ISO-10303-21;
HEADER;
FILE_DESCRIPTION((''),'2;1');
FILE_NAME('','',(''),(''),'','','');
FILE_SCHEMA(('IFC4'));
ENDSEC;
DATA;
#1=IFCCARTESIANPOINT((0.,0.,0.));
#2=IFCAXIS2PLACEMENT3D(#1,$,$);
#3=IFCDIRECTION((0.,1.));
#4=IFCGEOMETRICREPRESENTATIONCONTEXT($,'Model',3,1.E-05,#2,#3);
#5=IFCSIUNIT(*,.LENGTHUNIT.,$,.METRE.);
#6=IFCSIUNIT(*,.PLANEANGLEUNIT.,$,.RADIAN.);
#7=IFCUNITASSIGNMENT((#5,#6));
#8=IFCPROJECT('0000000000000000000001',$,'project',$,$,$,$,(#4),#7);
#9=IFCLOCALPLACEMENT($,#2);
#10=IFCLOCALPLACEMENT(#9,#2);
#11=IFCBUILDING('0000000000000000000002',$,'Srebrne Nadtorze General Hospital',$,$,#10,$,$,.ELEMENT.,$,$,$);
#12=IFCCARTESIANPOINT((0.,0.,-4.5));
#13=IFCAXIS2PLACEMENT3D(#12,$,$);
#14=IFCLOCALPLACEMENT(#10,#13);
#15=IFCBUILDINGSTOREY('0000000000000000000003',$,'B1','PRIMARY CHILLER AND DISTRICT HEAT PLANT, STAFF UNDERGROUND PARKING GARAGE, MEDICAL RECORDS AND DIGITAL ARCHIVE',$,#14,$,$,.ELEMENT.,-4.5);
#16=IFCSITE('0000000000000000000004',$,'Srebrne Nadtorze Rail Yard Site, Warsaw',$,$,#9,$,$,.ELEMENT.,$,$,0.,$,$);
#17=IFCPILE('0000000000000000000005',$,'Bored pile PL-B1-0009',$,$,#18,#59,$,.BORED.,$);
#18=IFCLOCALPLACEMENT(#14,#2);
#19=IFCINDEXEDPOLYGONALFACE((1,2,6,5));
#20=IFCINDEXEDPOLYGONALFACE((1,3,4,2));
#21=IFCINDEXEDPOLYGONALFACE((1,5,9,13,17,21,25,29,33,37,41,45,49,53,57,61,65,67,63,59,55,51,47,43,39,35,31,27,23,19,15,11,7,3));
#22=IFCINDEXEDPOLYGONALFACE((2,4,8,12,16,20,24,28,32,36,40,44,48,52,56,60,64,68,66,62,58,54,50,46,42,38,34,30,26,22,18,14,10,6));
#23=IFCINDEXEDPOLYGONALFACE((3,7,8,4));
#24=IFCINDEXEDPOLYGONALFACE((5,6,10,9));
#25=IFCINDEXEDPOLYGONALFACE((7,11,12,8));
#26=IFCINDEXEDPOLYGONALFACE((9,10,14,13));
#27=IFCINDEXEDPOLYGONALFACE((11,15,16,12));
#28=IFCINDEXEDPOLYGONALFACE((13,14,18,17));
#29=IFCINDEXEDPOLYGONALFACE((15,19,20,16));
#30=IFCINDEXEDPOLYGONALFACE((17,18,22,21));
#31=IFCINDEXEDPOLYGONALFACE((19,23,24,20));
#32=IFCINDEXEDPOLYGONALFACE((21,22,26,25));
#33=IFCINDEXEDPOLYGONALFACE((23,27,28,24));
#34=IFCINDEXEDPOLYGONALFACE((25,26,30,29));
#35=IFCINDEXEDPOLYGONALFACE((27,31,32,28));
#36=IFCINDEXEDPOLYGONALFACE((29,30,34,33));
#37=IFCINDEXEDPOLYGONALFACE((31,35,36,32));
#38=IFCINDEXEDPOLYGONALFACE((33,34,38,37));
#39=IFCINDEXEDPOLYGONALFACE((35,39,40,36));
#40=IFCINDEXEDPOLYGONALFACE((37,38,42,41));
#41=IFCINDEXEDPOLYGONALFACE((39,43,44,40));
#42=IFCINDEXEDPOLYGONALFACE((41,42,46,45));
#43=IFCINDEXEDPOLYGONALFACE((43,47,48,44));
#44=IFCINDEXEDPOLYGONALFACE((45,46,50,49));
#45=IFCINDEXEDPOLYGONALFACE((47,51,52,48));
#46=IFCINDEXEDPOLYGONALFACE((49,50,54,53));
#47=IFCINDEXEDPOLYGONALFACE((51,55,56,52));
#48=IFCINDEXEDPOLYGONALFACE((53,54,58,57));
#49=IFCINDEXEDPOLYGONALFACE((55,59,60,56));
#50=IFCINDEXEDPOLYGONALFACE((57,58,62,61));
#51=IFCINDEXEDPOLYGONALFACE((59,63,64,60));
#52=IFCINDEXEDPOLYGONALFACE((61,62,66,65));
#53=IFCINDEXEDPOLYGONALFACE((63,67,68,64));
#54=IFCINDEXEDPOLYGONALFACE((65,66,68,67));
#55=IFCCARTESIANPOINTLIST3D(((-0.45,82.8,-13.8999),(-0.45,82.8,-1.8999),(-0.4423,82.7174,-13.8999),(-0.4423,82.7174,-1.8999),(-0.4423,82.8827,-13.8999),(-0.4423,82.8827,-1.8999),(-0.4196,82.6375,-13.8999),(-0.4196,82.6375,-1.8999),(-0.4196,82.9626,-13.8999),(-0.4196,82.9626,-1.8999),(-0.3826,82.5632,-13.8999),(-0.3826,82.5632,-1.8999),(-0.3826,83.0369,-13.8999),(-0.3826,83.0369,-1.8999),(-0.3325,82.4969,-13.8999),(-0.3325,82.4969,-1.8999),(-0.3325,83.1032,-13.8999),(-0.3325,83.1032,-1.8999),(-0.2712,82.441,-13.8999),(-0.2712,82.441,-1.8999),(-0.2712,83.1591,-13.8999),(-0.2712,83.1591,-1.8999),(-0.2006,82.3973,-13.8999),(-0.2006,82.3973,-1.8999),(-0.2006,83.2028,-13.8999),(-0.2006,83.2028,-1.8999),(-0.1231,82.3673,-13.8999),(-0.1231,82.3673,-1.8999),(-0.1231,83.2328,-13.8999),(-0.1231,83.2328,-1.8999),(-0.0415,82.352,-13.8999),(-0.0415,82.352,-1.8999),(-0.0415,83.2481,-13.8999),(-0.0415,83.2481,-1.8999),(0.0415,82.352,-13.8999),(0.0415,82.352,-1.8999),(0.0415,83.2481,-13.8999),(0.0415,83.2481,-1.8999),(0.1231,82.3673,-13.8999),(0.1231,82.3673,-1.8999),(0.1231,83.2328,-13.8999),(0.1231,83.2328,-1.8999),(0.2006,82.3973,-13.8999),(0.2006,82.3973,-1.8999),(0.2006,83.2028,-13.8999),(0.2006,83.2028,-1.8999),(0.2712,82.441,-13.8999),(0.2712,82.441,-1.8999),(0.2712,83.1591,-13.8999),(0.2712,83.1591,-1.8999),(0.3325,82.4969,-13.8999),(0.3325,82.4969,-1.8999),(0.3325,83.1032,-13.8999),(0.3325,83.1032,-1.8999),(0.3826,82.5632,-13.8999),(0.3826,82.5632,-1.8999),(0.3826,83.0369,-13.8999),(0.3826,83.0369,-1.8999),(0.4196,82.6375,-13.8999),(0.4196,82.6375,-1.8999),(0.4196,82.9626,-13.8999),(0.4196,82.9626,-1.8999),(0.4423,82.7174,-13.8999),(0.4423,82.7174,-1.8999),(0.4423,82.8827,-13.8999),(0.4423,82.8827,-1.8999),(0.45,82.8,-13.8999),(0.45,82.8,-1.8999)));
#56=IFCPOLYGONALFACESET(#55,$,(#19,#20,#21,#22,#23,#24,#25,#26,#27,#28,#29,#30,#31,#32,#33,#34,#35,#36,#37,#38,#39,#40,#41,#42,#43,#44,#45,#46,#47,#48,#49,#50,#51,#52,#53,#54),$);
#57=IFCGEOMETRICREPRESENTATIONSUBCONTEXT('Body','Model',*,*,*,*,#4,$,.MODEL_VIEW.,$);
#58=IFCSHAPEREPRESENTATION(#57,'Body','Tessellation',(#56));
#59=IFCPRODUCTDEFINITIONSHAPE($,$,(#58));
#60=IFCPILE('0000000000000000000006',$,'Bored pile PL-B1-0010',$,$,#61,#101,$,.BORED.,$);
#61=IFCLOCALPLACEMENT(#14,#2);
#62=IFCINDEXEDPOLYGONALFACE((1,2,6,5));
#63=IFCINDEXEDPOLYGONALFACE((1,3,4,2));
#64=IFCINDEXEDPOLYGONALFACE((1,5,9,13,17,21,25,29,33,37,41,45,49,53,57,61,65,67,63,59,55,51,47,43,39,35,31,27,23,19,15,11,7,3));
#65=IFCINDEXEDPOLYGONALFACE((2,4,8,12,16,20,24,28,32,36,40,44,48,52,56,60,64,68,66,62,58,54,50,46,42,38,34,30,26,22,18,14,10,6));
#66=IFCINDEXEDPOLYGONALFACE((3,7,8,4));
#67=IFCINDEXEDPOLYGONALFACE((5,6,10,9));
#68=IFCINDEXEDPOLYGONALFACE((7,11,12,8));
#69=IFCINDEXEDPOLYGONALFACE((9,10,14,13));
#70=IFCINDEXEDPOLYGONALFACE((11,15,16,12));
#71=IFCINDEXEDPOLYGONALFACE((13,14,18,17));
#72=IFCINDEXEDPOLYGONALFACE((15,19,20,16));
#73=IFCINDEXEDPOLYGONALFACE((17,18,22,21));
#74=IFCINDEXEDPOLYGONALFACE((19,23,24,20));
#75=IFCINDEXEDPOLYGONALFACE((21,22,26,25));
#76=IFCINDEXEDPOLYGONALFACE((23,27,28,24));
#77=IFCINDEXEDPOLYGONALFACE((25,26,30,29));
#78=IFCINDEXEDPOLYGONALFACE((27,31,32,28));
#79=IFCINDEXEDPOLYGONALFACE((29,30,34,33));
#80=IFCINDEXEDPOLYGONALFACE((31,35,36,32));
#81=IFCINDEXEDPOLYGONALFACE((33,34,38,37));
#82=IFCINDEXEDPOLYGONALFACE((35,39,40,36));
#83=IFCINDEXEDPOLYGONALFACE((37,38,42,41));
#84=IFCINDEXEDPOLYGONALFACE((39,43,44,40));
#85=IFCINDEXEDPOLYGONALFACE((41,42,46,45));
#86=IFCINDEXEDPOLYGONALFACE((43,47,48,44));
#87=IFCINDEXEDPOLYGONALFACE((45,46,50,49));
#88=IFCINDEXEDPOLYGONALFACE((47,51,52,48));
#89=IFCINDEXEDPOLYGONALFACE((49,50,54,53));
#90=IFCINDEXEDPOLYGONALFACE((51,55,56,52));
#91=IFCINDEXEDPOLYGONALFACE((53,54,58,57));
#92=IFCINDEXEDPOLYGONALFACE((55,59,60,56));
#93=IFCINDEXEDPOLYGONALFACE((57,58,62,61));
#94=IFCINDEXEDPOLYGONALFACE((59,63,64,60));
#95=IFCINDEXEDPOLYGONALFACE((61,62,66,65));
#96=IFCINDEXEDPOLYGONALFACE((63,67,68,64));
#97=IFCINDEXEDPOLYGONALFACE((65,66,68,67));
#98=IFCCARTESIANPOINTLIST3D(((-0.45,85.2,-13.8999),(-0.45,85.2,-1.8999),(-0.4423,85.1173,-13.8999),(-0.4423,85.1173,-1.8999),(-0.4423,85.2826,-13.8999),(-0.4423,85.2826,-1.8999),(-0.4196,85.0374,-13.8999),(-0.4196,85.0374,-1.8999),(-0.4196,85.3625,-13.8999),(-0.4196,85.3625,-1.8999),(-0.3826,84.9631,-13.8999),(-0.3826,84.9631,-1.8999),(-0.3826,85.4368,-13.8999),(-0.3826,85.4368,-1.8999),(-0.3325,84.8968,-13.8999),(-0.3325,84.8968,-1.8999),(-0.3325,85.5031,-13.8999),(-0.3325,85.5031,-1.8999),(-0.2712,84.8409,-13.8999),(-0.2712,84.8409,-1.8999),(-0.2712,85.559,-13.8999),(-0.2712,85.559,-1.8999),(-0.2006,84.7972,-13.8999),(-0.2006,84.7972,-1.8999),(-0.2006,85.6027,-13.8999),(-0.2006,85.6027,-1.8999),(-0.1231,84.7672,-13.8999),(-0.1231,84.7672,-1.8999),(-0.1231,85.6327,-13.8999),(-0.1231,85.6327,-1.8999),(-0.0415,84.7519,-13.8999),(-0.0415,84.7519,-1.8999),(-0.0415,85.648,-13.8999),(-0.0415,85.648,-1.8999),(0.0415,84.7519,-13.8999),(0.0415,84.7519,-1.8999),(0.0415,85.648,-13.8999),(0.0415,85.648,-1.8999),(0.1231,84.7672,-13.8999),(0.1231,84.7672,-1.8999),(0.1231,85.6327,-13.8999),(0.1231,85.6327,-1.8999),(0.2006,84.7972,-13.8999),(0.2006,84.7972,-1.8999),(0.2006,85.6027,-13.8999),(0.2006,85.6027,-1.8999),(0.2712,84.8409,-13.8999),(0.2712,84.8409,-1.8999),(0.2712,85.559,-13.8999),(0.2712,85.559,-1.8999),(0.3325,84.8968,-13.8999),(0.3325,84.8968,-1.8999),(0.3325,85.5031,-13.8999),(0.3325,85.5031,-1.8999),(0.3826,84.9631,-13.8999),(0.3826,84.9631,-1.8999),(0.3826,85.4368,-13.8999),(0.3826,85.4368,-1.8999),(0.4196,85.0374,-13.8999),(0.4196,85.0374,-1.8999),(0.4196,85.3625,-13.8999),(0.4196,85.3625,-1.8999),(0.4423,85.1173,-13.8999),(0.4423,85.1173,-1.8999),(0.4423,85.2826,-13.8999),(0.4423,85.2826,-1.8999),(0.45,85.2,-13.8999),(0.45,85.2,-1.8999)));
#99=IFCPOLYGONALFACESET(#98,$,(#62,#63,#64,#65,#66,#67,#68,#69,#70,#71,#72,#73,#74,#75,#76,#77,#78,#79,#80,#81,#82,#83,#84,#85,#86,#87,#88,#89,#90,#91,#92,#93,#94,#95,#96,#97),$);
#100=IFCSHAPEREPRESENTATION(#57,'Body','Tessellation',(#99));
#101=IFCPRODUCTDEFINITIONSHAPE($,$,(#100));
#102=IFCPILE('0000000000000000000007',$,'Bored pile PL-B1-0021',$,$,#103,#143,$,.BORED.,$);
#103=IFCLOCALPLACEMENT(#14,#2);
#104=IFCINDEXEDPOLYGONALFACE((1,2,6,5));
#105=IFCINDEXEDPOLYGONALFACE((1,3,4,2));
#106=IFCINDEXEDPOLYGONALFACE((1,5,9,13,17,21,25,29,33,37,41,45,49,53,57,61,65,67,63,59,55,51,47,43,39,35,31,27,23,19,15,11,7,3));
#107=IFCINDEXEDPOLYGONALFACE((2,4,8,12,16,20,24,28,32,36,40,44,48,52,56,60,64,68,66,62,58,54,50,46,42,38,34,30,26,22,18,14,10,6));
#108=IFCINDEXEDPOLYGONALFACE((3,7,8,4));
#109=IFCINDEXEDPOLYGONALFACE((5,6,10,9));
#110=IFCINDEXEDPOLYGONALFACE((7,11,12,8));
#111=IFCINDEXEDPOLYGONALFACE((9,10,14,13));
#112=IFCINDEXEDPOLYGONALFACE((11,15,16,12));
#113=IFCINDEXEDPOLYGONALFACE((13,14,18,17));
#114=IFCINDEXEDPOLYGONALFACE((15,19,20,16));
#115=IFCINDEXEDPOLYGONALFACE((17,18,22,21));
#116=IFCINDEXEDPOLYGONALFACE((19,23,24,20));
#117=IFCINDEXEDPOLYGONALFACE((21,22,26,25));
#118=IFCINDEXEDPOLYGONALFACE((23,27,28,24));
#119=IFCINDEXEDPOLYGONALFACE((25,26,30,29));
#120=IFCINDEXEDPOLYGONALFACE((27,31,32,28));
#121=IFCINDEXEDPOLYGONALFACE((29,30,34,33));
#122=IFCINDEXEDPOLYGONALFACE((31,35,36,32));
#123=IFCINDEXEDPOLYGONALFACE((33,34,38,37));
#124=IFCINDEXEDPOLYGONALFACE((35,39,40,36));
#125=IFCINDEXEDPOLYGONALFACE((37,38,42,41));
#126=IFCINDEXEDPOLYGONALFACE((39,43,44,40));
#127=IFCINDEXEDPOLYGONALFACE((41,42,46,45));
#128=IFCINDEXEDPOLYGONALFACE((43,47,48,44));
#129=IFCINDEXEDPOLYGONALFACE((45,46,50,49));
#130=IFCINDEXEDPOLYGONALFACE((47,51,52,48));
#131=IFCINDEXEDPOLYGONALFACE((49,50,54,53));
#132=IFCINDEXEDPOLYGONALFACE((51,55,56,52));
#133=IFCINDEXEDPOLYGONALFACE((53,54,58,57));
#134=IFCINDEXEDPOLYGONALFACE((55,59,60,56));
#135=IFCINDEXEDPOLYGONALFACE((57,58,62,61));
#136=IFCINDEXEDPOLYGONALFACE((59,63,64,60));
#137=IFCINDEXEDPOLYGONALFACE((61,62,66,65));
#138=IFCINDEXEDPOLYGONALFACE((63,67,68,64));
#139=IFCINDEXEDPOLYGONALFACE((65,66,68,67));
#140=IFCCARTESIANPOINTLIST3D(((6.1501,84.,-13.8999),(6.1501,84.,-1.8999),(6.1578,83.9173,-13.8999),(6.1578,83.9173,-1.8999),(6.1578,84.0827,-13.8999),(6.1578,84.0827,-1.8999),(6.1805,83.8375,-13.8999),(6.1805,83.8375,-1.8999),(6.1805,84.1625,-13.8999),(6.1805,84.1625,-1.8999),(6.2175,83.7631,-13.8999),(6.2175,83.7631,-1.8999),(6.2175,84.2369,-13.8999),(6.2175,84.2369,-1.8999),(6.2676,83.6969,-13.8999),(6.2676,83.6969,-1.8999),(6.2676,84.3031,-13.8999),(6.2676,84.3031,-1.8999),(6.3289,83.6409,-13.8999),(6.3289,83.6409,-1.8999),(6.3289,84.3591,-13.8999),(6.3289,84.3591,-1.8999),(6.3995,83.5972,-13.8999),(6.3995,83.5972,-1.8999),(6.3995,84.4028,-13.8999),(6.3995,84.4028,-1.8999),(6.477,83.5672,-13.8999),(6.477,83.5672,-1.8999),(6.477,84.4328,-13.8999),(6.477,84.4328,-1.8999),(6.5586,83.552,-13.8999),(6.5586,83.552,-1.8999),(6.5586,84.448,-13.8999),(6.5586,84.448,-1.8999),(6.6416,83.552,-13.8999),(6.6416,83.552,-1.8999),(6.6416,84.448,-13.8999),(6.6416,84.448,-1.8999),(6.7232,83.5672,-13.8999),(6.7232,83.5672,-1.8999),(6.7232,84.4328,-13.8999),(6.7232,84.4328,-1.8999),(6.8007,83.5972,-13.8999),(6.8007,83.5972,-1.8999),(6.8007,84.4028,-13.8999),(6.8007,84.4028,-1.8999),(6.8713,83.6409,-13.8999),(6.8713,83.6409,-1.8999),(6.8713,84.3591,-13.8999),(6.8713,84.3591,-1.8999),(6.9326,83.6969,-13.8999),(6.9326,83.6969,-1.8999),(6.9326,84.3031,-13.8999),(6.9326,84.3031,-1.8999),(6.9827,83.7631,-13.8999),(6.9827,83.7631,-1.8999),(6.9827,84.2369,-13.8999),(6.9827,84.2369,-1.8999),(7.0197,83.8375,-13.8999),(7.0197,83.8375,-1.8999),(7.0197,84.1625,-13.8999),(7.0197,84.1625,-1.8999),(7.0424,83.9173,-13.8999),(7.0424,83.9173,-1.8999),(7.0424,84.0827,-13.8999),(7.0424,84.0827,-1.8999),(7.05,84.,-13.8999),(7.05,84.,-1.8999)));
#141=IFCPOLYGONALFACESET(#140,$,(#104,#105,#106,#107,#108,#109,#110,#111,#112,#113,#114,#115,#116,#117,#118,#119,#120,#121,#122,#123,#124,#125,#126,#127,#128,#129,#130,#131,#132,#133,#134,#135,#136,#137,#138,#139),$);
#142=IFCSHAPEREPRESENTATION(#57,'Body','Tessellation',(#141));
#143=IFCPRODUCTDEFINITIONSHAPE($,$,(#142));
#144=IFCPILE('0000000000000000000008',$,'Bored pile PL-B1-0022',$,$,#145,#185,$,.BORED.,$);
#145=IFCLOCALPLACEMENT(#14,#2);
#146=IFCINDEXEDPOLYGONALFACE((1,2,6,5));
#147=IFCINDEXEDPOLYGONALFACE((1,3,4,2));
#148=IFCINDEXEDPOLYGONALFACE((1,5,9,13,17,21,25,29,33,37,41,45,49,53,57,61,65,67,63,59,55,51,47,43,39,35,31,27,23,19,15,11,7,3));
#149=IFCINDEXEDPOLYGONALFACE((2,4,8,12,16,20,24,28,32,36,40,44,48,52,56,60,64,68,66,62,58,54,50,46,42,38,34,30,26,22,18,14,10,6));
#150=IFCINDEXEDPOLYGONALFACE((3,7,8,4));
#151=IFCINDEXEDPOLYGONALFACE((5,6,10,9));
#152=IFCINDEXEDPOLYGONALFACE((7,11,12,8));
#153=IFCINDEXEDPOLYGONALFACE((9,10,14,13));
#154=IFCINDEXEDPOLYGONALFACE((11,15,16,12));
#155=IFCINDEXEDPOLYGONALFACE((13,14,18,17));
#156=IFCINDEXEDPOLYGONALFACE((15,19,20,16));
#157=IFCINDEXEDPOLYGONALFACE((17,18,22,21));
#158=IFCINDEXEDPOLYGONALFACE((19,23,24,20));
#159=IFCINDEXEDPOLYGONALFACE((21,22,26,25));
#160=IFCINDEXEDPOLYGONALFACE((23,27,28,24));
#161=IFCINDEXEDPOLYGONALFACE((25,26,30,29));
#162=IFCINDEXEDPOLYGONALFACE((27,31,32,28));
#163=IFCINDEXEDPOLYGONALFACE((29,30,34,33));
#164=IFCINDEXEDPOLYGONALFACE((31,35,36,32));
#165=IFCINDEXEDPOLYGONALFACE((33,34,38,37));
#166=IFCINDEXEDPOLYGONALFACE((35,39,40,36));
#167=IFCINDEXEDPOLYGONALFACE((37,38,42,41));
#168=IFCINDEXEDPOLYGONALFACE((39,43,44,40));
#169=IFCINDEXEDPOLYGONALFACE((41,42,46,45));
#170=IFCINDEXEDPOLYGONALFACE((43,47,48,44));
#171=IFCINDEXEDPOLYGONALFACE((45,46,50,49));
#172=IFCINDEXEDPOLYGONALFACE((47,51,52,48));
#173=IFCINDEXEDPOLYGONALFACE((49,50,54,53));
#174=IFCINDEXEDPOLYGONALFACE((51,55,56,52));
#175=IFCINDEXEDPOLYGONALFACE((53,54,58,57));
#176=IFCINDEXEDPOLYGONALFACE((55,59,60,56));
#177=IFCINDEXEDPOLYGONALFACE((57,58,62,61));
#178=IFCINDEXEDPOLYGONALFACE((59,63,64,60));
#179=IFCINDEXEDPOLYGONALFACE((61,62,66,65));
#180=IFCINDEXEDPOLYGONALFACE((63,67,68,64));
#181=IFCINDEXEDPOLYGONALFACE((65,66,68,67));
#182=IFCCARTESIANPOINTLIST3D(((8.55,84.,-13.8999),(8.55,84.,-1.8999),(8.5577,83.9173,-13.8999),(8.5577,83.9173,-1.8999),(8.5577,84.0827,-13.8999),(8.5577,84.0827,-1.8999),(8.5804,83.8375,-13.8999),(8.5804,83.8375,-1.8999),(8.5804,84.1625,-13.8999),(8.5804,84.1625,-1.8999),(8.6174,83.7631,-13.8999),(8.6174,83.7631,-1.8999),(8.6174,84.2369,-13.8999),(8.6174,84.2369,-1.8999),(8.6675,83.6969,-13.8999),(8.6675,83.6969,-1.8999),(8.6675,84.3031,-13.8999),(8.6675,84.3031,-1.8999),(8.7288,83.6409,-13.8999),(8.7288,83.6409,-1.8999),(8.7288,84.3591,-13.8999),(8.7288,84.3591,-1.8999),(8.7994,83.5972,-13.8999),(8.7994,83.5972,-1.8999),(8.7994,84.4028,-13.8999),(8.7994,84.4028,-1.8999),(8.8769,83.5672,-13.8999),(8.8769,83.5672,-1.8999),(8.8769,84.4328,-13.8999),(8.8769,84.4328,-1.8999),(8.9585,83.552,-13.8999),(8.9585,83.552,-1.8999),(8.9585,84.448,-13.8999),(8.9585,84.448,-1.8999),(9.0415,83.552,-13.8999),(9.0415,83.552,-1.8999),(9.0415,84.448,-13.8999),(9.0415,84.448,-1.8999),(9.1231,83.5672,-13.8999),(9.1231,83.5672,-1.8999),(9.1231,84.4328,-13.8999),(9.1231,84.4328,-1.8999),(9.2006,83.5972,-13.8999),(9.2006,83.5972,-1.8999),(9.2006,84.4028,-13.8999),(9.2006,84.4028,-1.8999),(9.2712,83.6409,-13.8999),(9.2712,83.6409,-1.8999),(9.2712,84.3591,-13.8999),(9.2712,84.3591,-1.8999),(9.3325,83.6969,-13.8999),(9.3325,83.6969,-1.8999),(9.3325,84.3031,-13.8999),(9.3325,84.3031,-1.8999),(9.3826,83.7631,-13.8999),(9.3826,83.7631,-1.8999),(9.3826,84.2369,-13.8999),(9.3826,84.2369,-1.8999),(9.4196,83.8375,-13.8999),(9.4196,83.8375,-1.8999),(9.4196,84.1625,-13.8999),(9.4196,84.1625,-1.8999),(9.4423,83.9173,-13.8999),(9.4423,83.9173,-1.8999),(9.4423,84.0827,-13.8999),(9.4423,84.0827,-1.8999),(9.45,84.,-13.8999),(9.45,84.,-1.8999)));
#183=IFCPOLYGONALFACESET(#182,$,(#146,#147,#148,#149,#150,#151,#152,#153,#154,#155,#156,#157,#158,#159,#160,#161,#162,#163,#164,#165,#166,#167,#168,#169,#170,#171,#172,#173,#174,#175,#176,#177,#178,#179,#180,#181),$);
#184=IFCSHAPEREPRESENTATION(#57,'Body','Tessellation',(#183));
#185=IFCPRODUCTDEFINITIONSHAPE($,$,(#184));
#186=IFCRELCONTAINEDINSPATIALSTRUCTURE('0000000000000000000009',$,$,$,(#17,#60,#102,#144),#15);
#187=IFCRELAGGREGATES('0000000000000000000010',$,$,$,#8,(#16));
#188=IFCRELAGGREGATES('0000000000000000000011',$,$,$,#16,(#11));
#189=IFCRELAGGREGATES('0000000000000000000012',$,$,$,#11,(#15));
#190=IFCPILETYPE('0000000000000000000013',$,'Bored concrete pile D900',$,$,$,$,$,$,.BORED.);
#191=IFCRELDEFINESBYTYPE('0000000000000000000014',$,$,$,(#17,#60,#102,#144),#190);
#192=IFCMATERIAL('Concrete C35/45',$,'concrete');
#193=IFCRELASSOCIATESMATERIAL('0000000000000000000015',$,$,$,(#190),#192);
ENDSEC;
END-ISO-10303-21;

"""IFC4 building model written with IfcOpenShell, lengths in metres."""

from ifc_helpers import new_model, si_unit, direction, frame, origin, origin_2d, place, context, subcontext, project, spatial, circle, extrude, material, material_profile, profile_set, type_object, element, save


model = new_model("IFC4")

# Units and contexts
model_context = context("Model", 3, precision=1e-05, world=origin(), true_north=direction((0.0, 1.0)))
body_context = subcontext(model_context, "Body", "Model", "MODEL_VIEW")
ifc_project = project(units=[si_unit("LENGTHUNIT", "METRE"), si_unit("PLANEANGLEUNIT", "RADIAN")], contexts=[model_context])

# Site, building, storey
site_placement = place(None, origin())
site = spatial("IfcSite", under=ifc_project, at=site_placement, Name="Srebrne Nadtorze Rail Yard Site, Warsaw", CompositionType="ELEMENT", RefElevation=0.0)
building_placement = place(site_placement, origin())
building = spatial("IfcBuilding", under=site, at=building_placement, Name="Srebrne Nadtorze General Hospital", CompositionType="ELEMENT")
storey_placement = place(building_placement, frame((0.0, 0.0, -4.5)))
storey = spatial("IfcBuildingStorey", under=building, at=storey_placement, Name="B1", Description="PRIMARY CHILLER AND DISTRICT HEAT PLANT, STAFF UNDERGROUND PARKING GARAGE, MEDICAL RECORDS AND DIGITAL ARCHIVE", CompositionType="ELEMENT", Elevation=-4.5)

# Piles
ifc_material_1 = material(Name="Concrete C35/45", Category="concrete")
ifc_material_profile_1 = material_profile(ifc_material_1, circle(Radius=0.45, at=origin_2d()), Name="PILE-D900")
ifc_profile_set_1 = profile_set([ifc_material_profile_1], Name="Concrete C35/45")
pile_type_1 = type_object("IfcPileType", Name="Bored concrete pile D900", PredefinedType="BORED", material=ifc_profile_set_1)
for number, where, z_axis, x_axis, name in (
    (1, (0.0, 82.8, -1.8999), (0.0, 0.0, -1.0), (1.0, 0.0, 0.0), "Bored pile PL-B1-0009"),
    (2, (0.0, 85.2, -1.8999), (0.0, 0.0, -1.0), (1.0, 0.0, 0.0), "Bored pile PL-B1-0010"),
    (3, (6.6001, 84.0, -1.8999), (0.0, 0.0, -1.0), (1.0, 0.0, 0.0), "Bored pile PL-B1-0021"),
    (4, (9.0, 84.0, -1.8999), (0.0, 0.0, -1.0), (1.0, 0.0, 0.0), "Bored pile PL-B1-0022"),
):
    element("IfcPile", number, at=place(storey_placement, frame(where, z_axis=z_axis, x_axis=x_axis)), inside=storey, type_object=pile_type_1, Name=name, PredefinedType="BORED", context=body_context, shape_type="SweptSolid", body=[
        extrude(circle(Radius=0.45, at=origin_2d()), origin(), (0.0, 0.0, 1.0), 12.0),
    ])

save(model, "model.ifc")
